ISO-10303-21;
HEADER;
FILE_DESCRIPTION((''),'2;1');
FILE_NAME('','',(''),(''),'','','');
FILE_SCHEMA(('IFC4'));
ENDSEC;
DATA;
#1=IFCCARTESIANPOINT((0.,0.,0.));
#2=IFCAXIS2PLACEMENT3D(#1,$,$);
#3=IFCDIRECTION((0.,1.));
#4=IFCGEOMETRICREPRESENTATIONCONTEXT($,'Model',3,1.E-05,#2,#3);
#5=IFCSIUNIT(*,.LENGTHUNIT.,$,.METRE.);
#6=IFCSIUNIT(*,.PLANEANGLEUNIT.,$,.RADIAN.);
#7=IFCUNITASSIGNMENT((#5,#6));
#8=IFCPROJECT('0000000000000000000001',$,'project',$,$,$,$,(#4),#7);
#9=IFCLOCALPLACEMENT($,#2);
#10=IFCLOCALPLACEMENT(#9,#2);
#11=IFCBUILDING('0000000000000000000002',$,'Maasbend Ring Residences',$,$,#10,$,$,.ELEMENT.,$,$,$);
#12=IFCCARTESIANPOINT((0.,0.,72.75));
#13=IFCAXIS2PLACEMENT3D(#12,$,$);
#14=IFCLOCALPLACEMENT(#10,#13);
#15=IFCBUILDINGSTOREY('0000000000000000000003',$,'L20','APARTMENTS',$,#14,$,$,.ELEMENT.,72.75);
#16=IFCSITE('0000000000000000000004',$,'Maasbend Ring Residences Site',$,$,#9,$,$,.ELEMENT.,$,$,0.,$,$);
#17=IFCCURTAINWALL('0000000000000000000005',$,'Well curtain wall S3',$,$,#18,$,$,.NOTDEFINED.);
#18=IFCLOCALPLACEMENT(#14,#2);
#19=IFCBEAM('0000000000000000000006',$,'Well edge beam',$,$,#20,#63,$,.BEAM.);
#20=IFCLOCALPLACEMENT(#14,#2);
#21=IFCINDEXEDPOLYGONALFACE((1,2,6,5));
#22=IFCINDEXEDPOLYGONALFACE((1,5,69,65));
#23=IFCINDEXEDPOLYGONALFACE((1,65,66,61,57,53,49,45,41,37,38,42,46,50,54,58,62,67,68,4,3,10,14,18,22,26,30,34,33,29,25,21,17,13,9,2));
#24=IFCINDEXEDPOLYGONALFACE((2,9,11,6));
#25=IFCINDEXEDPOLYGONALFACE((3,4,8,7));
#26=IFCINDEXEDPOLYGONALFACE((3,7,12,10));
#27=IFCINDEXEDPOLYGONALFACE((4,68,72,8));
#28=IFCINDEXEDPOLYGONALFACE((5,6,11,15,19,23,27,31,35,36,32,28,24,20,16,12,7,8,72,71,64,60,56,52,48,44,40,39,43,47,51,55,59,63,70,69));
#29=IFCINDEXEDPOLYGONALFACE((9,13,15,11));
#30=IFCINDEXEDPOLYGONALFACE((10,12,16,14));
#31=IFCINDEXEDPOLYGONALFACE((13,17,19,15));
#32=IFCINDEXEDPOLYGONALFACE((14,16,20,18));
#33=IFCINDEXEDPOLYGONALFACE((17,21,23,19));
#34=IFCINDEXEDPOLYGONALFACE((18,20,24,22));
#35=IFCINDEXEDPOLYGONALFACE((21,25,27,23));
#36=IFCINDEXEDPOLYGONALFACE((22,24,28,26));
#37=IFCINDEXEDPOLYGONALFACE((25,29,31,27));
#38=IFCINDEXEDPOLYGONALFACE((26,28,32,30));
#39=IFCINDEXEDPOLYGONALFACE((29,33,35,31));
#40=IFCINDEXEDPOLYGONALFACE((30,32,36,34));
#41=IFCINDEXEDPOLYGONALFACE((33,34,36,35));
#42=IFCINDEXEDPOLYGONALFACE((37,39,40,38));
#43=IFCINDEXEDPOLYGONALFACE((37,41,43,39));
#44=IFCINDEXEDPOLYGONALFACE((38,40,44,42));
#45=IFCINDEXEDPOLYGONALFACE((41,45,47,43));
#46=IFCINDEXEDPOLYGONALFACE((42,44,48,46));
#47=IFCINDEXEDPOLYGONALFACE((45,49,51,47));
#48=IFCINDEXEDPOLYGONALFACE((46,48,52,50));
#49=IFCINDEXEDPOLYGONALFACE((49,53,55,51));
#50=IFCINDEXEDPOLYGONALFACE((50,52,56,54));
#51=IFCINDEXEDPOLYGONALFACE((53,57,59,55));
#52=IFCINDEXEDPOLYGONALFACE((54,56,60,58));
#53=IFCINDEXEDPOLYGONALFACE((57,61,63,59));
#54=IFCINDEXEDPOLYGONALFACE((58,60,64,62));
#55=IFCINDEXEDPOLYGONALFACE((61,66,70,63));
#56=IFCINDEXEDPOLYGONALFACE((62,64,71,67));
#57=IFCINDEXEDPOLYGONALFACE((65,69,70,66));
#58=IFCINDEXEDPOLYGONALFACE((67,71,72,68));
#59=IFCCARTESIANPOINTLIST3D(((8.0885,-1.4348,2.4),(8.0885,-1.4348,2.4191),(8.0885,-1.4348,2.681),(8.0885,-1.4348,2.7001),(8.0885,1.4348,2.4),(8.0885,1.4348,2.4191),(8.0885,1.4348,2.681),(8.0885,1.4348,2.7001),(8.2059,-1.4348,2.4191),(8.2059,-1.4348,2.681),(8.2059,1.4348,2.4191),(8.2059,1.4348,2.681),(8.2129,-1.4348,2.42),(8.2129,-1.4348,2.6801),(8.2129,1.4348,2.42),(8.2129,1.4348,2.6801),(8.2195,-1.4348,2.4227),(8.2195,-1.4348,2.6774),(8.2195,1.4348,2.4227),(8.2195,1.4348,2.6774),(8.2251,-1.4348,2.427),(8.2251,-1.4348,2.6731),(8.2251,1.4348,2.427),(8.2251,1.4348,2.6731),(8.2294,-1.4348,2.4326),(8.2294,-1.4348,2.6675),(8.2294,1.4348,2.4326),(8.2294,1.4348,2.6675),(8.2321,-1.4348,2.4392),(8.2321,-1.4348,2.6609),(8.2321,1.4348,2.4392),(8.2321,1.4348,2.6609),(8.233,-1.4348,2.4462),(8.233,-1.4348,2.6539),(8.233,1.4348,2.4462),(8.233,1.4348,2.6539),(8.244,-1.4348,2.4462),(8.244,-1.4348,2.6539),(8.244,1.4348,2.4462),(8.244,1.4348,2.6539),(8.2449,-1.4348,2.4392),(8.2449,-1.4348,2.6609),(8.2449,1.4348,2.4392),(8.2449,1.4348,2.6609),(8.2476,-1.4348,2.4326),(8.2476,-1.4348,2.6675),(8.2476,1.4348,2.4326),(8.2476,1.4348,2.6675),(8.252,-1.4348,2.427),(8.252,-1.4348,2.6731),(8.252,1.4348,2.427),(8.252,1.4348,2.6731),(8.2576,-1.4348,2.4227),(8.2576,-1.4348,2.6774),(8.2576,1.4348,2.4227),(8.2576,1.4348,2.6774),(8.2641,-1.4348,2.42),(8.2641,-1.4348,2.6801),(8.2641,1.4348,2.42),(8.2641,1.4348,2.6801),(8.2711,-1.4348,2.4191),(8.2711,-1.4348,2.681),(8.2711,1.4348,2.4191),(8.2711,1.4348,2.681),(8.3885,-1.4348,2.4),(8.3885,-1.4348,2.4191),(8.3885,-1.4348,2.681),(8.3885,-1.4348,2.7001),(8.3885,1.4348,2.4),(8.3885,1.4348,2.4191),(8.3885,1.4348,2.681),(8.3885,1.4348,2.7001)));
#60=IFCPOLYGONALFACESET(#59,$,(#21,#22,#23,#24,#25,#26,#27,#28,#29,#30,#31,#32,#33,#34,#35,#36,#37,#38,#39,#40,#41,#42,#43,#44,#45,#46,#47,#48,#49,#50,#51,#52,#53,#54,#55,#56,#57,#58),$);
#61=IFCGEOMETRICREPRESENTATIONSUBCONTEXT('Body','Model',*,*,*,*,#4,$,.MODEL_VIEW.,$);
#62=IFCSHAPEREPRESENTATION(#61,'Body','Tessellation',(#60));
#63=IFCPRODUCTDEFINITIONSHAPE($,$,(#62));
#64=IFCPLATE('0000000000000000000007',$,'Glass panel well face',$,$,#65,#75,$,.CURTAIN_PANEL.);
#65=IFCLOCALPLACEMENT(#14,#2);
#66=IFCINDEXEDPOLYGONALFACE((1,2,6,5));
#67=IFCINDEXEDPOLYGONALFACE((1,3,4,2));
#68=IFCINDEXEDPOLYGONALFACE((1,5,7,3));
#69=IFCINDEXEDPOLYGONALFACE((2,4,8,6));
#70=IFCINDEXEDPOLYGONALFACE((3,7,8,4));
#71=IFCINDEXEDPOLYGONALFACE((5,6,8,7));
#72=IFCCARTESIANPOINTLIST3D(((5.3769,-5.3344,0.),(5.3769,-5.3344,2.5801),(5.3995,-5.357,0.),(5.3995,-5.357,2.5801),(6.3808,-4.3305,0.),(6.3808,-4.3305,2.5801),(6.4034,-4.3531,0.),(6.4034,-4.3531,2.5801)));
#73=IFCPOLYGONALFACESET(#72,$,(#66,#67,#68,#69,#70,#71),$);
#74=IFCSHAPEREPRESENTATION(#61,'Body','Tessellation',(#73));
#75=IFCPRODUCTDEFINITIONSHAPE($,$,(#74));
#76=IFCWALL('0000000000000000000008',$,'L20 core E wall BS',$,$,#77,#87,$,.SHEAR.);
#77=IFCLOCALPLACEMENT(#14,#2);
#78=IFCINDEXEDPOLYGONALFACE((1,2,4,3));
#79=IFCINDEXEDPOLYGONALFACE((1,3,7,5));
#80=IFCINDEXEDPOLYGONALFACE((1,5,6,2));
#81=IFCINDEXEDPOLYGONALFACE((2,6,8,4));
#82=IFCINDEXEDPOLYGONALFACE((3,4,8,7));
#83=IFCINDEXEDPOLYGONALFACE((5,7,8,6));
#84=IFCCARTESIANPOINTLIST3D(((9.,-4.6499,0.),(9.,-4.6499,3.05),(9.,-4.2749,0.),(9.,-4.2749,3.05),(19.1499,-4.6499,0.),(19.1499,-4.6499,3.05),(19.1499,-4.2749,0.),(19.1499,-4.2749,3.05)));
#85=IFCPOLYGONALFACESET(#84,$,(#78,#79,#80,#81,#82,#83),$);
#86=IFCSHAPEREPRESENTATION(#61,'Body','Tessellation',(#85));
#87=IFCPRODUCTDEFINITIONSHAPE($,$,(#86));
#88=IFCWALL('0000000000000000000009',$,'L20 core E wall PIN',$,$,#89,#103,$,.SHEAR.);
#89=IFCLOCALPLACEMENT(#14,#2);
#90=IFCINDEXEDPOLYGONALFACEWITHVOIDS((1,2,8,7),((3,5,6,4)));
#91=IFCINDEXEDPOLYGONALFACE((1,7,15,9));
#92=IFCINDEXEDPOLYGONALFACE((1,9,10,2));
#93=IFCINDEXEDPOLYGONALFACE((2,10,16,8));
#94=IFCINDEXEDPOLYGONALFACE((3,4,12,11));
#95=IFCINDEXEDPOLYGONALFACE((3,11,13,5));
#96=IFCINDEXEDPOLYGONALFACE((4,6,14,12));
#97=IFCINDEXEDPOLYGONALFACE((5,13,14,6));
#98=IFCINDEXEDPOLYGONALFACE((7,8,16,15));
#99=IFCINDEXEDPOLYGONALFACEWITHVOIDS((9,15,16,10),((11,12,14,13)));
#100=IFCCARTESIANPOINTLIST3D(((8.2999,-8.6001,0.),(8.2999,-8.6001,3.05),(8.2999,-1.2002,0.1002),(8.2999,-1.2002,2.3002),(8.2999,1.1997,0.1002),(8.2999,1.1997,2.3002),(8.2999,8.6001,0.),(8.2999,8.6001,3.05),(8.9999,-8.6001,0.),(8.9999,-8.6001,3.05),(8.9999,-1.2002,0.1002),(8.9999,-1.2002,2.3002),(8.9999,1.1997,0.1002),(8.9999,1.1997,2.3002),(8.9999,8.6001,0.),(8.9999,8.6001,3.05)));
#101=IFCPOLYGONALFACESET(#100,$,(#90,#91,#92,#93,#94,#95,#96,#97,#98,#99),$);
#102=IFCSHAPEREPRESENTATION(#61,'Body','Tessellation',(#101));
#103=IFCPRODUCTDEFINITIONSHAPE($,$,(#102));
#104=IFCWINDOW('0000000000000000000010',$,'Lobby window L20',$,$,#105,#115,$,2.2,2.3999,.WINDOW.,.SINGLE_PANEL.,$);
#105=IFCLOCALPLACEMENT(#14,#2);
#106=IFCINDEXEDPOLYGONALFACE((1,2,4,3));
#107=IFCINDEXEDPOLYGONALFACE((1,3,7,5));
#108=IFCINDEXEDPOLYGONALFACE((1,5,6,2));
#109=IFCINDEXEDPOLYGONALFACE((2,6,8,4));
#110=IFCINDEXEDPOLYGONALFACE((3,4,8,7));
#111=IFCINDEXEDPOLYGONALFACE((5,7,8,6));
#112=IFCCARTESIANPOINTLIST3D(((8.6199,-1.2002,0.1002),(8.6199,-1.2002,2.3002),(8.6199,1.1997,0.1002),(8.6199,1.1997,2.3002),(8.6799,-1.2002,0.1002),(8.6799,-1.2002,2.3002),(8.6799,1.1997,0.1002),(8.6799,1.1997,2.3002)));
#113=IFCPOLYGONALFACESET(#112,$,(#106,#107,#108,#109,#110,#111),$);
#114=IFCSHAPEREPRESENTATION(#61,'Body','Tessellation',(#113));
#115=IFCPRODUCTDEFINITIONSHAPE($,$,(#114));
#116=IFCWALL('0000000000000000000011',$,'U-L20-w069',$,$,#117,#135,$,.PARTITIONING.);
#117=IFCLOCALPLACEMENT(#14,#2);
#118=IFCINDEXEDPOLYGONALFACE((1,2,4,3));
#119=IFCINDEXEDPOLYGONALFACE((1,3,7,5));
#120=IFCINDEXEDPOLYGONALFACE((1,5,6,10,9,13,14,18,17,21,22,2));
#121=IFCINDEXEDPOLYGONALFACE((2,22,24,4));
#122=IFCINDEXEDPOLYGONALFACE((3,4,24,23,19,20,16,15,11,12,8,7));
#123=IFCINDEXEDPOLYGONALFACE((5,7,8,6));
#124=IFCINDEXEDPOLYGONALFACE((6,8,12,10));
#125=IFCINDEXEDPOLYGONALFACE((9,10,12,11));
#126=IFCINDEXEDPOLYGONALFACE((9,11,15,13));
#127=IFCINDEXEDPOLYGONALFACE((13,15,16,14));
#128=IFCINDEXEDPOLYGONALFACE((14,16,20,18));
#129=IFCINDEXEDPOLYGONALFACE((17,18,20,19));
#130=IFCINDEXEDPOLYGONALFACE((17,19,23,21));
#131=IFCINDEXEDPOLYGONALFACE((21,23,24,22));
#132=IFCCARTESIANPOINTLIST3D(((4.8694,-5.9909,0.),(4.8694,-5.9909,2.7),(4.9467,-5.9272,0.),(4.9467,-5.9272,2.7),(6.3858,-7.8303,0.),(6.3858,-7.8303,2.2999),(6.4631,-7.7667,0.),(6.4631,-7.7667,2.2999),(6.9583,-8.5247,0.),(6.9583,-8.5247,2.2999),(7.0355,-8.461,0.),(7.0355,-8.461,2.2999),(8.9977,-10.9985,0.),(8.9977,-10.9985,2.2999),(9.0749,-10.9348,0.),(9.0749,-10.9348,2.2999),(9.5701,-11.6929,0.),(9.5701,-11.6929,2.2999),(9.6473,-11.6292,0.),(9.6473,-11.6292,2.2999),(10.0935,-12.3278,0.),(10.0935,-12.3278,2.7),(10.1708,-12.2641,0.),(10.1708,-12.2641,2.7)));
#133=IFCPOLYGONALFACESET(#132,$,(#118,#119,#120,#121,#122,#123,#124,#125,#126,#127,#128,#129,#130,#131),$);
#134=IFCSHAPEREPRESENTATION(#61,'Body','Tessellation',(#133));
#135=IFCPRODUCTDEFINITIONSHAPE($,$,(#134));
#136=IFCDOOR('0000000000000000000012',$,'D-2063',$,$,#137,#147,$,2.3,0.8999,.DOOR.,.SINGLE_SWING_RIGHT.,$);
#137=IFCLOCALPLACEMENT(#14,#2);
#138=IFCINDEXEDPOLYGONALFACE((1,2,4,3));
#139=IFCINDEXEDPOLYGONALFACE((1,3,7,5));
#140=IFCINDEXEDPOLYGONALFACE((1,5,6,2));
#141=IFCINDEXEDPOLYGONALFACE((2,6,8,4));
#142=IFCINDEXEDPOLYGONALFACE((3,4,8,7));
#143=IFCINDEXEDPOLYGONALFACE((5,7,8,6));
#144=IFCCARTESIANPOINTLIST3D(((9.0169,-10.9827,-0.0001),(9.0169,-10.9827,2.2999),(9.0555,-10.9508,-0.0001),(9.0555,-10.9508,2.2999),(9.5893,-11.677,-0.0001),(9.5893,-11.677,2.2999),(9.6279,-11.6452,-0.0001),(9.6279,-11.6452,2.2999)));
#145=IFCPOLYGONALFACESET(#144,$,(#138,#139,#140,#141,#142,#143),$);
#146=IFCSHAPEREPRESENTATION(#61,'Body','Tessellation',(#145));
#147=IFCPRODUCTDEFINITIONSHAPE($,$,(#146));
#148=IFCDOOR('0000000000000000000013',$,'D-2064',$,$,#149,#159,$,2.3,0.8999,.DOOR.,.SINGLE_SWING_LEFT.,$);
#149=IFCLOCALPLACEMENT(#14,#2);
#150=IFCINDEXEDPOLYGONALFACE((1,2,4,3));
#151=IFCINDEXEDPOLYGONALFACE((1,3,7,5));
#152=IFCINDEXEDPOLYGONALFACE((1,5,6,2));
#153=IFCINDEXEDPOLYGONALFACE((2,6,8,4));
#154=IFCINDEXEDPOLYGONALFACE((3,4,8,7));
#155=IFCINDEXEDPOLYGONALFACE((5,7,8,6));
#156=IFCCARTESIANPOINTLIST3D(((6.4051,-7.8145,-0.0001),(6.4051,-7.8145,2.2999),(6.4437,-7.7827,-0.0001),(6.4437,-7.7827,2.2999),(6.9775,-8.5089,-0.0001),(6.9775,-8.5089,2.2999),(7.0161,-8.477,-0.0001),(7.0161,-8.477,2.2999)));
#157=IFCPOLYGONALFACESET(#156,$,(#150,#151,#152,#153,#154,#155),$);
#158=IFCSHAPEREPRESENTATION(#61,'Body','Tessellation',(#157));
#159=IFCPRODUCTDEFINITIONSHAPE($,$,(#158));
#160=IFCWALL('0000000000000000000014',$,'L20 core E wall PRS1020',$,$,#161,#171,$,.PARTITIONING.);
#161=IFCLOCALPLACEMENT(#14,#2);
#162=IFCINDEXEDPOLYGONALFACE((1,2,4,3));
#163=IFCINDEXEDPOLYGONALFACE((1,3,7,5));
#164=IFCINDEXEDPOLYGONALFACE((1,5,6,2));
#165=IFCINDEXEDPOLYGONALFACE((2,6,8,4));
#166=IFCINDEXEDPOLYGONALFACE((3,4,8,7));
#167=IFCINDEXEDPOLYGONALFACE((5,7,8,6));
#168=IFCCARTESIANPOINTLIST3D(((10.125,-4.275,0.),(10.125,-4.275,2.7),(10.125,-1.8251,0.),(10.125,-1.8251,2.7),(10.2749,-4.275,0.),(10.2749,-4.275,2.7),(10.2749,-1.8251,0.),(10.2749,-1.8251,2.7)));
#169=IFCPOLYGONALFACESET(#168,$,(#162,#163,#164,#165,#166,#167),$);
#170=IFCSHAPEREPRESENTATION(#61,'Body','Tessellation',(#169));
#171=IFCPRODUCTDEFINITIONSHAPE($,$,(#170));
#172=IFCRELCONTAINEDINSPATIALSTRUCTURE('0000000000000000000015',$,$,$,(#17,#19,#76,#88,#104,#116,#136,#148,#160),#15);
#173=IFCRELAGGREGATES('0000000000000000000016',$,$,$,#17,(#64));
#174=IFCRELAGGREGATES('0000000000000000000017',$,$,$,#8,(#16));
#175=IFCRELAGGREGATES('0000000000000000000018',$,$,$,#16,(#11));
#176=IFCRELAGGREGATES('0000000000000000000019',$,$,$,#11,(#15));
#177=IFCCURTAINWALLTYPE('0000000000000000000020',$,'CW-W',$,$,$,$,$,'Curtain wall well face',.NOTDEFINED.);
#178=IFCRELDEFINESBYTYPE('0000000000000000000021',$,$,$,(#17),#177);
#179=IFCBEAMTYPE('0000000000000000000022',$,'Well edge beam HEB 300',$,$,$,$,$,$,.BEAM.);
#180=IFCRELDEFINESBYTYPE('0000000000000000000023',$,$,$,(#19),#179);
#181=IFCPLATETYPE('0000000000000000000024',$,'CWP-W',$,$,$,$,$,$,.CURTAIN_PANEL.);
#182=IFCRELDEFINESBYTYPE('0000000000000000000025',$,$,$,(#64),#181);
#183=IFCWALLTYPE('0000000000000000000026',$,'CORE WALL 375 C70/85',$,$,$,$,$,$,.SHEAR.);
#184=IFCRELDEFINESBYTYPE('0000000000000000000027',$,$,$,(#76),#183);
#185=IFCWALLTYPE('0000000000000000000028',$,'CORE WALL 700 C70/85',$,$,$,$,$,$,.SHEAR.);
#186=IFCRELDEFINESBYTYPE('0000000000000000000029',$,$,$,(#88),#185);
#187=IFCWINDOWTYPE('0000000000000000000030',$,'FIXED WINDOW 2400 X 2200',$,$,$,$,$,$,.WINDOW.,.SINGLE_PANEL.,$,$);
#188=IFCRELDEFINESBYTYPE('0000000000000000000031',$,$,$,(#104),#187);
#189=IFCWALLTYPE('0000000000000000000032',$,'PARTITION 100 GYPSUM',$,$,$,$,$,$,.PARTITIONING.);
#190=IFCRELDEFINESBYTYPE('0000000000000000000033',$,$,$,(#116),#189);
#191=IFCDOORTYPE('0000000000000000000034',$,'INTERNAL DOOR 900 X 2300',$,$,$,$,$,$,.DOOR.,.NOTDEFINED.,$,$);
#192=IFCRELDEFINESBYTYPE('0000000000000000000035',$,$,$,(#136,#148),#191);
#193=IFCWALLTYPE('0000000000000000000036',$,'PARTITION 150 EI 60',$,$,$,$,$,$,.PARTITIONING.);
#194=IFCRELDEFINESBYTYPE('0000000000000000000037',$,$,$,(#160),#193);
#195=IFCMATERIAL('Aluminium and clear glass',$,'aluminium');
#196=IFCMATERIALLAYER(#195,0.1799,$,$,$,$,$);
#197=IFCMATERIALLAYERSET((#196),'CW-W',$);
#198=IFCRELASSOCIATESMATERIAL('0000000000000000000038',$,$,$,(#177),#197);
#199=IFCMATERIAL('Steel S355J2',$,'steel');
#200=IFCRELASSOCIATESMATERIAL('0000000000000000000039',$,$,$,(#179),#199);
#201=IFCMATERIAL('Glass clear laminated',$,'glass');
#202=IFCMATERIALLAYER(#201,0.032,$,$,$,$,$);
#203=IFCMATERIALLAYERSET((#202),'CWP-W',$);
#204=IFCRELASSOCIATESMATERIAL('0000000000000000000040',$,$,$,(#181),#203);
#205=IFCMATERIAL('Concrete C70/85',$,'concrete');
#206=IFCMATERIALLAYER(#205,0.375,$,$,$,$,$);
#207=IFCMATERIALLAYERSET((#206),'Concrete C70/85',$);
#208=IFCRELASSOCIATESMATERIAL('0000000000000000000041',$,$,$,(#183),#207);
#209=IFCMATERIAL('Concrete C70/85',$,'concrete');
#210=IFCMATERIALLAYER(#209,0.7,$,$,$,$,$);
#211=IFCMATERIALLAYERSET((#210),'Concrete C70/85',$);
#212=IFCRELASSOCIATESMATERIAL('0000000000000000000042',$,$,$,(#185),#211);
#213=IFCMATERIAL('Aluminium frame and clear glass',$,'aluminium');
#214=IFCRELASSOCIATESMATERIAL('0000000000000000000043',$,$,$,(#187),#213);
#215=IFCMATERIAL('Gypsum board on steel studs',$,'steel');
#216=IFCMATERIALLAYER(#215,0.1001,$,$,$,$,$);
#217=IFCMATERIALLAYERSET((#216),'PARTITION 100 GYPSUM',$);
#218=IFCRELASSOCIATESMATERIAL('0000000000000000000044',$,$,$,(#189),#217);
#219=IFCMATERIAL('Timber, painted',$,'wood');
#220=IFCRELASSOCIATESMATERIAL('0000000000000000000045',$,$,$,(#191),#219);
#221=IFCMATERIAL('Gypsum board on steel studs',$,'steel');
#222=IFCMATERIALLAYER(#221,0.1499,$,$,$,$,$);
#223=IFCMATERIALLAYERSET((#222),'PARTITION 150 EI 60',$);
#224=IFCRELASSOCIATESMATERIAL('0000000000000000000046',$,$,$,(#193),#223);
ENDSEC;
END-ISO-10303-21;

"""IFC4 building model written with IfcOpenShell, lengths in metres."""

from ifc_helpers import new_model, si_unit, direction, frame, frame_2d, origin, origin_2d, place, context, subcontext, project, spatial, rectangle, i_section, extrude, material, layer, layer_set, material_profile, profile_set, type_object, element, fill, aggregate, save


model = new_model("IFC4")

# Units and contexts
model_context = context("Model", 3, precision=1e-05, world=origin(), true_north=direction((0.0, 1.0)))
body_context = subcontext(model_context, "Body", "Model", "MODEL_VIEW")
ifc_project = project(units=[si_unit("LENGTHUNIT", "METRE"), si_unit("PLANEANGLEUNIT", "RADIAN")], contexts=[model_context])

# Site, building, storey
site_placement = place(None, origin())
site = spatial("IfcSite", under=ifc_project, at=site_placement, Name="Maasbend Ring Residences Site", CompositionType="ELEMENT", RefElevation=0.0)
building_placement = place(site_placement, origin())
building = spatial("IfcBuilding", under=site, at=building_placement, Name="Maasbend Ring Residences", CompositionType="ELEMENT")
storey_placement = place(building_placement, frame((0.0, 0.0, 72.75)))
storey = spatial("IfcBuildingStorey", under=building, at=storey_placement, Name="L20", Description="APARTMENTS", CompositionType="ELEMENT", Elevation=72.75)

# Curtain wall
ifc_material_1 = material(Name="Aluminium and clear glass", Category="aluminium")
ifc_layer_1 = layer(ifc_material_1, 0.1799)
ifc_layer_set_1 = layer_set([ifc_layer_1], Name="CW-W")
curtain_wall_type = type_object("IfcCurtainWallType", Name="CW-W", ElementType="Curtain wall well face", PredefinedType="NOTDEFINED", material=ifc_layer_set_1)
curtain_wall_placement = place(storey_placement, origin())
curtain_wall = element("IfcCurtainWall", 1, at=curtain_wall_placement, inside=storey, type_object=curtain_wall_type, Name="Well curtain wall S3", PredefinedType="NOTDEFINED")

# Beam
ifc_material_2 = material(Name="Steel S355J2", Category="steel")
ifc_material_profile_1 = material_profile(ifc_material_2, i_section(OverallWidth=0.3, OverallDepth=0.3, WebThickness=0.011, FlangeThickness=0.019, FilletRadius=0.0271, at=origin_2d()), Name="HEB 300")
ifc_profile_set_1 = profile_set([ifc_material_profile_1], Name="Steel S355J2")
beam_type = type_object("IfcBeamType", Name="Well edge beam HEB 300", PredefinedType="BEAM", material=ifc_profile_set_1)
beam_1_placement = place(storey_placement, frame((8.2385, -1.4348, 2.55), z_axis=(0.0, 1.0, 0.0), x_axis=(-1.0, 0.0, 0.0)))
element("IfcBeam", 2, at=beam_1_placement, inside=storey, type_object=beam_type, Name="Well edge beam", PredefinedType="BEAM", context=body_context, shape_type="SweptSolid", body=[
    extrude(i_section(OverallWidth=0.3, OverallDepth=0.3, WebThickness=0.011, FlangeThickness=0.019, FilletRadius=0.0271, at=origin_2d()), origin(), (0.0, 0.0, 1.0), 2.8696),
])

# Plate
ifc_material_3 = material(Name="Glass clear laminated", Category="glass")
ifc_layer_2 = layer(ifc_material_3, 0.032)
ifc_layer_set_2 = layer_set([ifc_layer_2], Name="CWP-W")
plate_type = type_object("IfcPlateType", Name="CWP-W", PredefinedType="CURTAIN_PANEL", material=ifc_layer_set_2)
plate_placement = place(storey_placement, frame((5.8901, -4.8438, 0.0), z_axis=(0.0, 0.0, 1.0), x_axis=(0.707107, 0.707107, 0.0)))
plate = element("IfcPlate", 3, at=plate_placement, type_object=plate_type, Name="Glass panel well face", PredefinedType="CURTAIN_PANEL", context=body_context, shape_type="SweptSolid", body=[
    extrude(rectangle(XDim=1.4197, YDim=0.032, at=origin_2d()), origin(), (0.0, 0.0, 1.0), 2.5801),
])
aggregate(curtain_wall, [plate])

# Wall
ifc_material_4 = material(Name="Concrete C70/85", Category="concrete")
ifc_layer_3 = layer(ifc_material_4, 0.375)
ifc_layer_set_3 = layer_set([ifc_layer_3], Name="Concrete C70/85")
wall_type_1 = type_object("IfcWallType", Name="CORE WALL 375 C70/85", PredefinedType="SHEAR", material=ifc_layer_set_3)
wall_1_placement = place(storey_placement, frame((9.0, -4.4624, 0.0), z_axis=(0.0, 0.0, 1.0), x_axis=(1.0, 0.0, 0.0)))
element("IfcWall", 4, at=wall_1_placement, inside=storey, type_object=wall_type_1, Name="L20 core E wall BS", PredefinedType="SHEAR", context=body_context, shape_type="SweptSolid", body=[
    extrude(rectangle(XDim=10.1499, YDim=0.375, at=frame_2d((5.075, 0.0))), origin(), (0.0, 0.0, 1.0), 3.05),
])

# Wall, opening, window
ifc_material_5 = material(Name="Concrete C70/85", Category="concrete")
ifc_layer_4 = layer(ifc_material_5, 0.7)
ifc_layer_set_4 = layer_set([ifc_layer_4], Name="Concrete C70/85")
wall_type_2 = type_object("IfcWallType", Name="CORE WALL 700 C70/85", PredefinedType="SHEAR", material=ifc_layer_set_4)
wall_2_placement = place(storey_placement, frame((8.6499, -8.6001, 0.0), z_axis=(0.0, 0.0, 1.0), x_axis=(0.0, 1.0, 0.0)))
wall_2 = element("IfcWall", 5, at=wall_2_placement, inside=storey, type_object=wall_type_2, Name="L20 core E wall PIN", PredefinedType="SHEAR", context=body_context, shape_type="SweptSolid", body=[
    extrude(rectangle(XDim=17.2002, YDim=0.7, at=frame_2d((8.6001, 0.0))), origin(), (0.0, 0.0, 1.0), 3.05),
])
opening_1_placement = place(wall_2_placement, frame((7.3999, 0.0, 0.1001)))
opening_1 = element("IfcOpeningElement", 6, at=opening_1_placement, cuts=wall_2, PredefinedType="OPENING", context=body_context, shape_type="SweptSolid", body=[
    extrude(rectangle(XDim=2.3999, YDim=2.2, at=frame_2d((1.2, 1.1001))), frame((0.0, 0.3599, 0.0), z_axis=(0.0, -1.0, 0.0), x_axis=(1.0, 0.0, 0.0)), (0.0, 0.0, 1.0), 0.72),
])
ifc_material_6 = material(Name="Aluminium frame and clear glass", Category="aluminium")
window_type = type_object("IfcWindowType", Name="FIXED WINDOW 2400 X 2200", PartitioningType="SINGLE_PANEL", PredefinedType="WINDOW", material=ifc_material_6)
window_placement = place(opening_1_placement, origin())
window = element("IfcWindow", 7, at=window_placement, inside=storey, type_object=window_type, Name="Lobby window L20", OverallHeight=2.2, OverallWidth=2.3999, PartitioningType="SINGLE_PANEL", PredefinedType="WINDOW", context=body_context, shape_type="SweptSolid", body=[
    extrude(rectangle(XDim=2.3999, YDim=2.2, at=frame_2d((1.2, 1.1001))), frame((0.0, 0.03, 0.0), z_axis=(0.0, -1.0, 0.0), x_axis=(1.0, 0.0, 0.0)), (0.0, 0.0, 1.0), 0.0601),
])
fill(opening_1, window)

# Wall, openings, doors
ifc_material_7 = material(Name="Gypsum board on steel studs", Category="steel")
ifc_layer_5 = layer(ifc_material_7, 0.1001)
ifc_layer_set_5 = layer_set([ifc_layer_5], Name="PARTITION 100 GYPSUM")
wall_type_3 = type_object("IfcWallType", Name="PARTITION 100 GYPSUM", PredefinedType="PARTITIONING", material=ifc_layer_set_5)
wall_3_placement = place(storey_placement, frame((4.908, -5.959, 0.0), z_axis=(0.0, 0.0, 1.0), x_axis=(0.636105, -0.771602, 0.0)))
wall_3 = element("IfcWall", 8, at=wall_3_placement, inside=storey, type_object=wall_type_3, Name="U-L20-w069", PredefinedType="PARTITIONING", context=body_context, shape_type="SweptSolid", body=[
    extrude(rectangle(XDim=8.2126, YDim=0.1001, at=frame_2d((4.1064, 0.0))), origin(), (0.0, 0.0, 1.0), 2.7),
])
opening_2_placement = place(wall_3_placement, frame((6.49, 0.0, 0.0)))
opening_2 = element("IfcOpeningElement", 9, at=opening_2_placement, cuts=wall_3, PredefinedType="OPENING", context=body_context, shape_type="SweptSolid", body=[
    extrude(rectangle(XDim=0.8999, YDim=2.3, at=frame_2d((0.45, 1.1499))), frame((0.0, 0.0601, 0.0), z_axis=(0.0, -1.0, 0.0), x_axis=(1.0, 0.0, 0.0)), (0.0, 0.0, 1.0), 0.1201),
])
opening_3_placement = place(wall_3_placement, frame((2.384, 0.0, 0.0)))
opening_3 = element("IfcOpeningElement", 10, at=opening_3_placement, cuts=wall_3, PredefinedType="OPENING", context=body_context, shape_type="SweptSolid", body=[
    extrude(rectangle(XDim=0.8999, YDim=2.3, at=frame_2d((0.45, 1.1499))), frame((0.0, 0.0601, 0.0), z_axis=(0.0, -1.0, 0.0), x_axis=(1.0, 0.0, 0.0)), (0.0, 0.0, 1.0), 0.1201),
])
ifc_material_8 = material(Name="Timber, painted", Category="wood")
door_type = type_object("IfcDoorType", Name="INTERNAL DOOR 900 X 2300", OperationType="NOTDEFINED", PredefinedType="DOOR", material=ifc_material_8)
door_1_placement = place(opening_2_placement, origin())
door_1 = element("IfcDoor", 11, at=door_1_placement, inside=storey, type_object=door_type, Name="D-2063", OperationType="SINGLE_SWING_RIGHT", OverallHeight=2.3, OverallWidth=0.8999, PredefinedType="DOOR", context=body_context, shape_type="SweptSolid", body=[
    extrude(rectangle(XDim=0.8999, YDim=2.3, at=frame_2d((0.45, 1.1499))), frame((0.0, 0.0249, 0.0), z_axis=(0.0, -1.0, 0.0), x_axis=(1.0, 0.0, 0.0)), (0.0, 0.0, 1.0), 0.05),
])
fill(opening_2, door_1)
door_2_placement = place(opening_3_placement, origin())
door_2 = element("IfcDoor", 12, at=door_2_placement, inside=storey, type_object=door_type, Name="D-2064", OperationType="SINGLE_SWING_LEFT", OverallHeight=2.3, OverallWidth=0.8999, PredefinedType="DOOR", context=body_context, shape_type="SweptSolid", body=[
    extrude(rectangle(XDim=0.8999, YDim=2.3, at=frame_2d((0.45, 1.1499))), frame((0.0, 0.0249, 0.0), z_axis=(0.0, -1.0, 0.0), x_axis=(1.0, 0.0, 0.0)), (0.0, 0.0, 1.0), 0.05),
])
fill(opening_3, door_2)

# Wall
ifc_material_9 = material(Name="Gypsum board on steel studs", Category="steel")
ifc_layer_6 = layer(ifc_material_9, 0.1499)
ifc_layer_set_6 = layer_set([ifc_layer_6], Name="PARTITION 150 EI 60")
wall_type_4 = type_object("IfcWallType", Name="PARTITION 150 EI 60", PredefinedType="PARTITIONING", material=ifc_layer_set_6)
wall_4_placement = place(storey_placement, frame((10.2, -1.825, 0.0), z_axis=(0.0, 0.0, 1.0), x_axis=(0.0, -1.0, 0.0)))
element("IfcWall", 13, at=wall_4_placement, inside=storey, type_object=wall_type_4, Name="L20 core E wall PRS1020", PredefinedType="PARTITIONING", context=body_context, shape_type="SweptSolid", body=[
    extrude(rectangle(XDim=2.45, YDim=0.1499, at=frame_2d((1.2251, 0.0))), origin(), (0.0, 0.0, 1.0), 2.7),
])

save(model, "model.ifc")
